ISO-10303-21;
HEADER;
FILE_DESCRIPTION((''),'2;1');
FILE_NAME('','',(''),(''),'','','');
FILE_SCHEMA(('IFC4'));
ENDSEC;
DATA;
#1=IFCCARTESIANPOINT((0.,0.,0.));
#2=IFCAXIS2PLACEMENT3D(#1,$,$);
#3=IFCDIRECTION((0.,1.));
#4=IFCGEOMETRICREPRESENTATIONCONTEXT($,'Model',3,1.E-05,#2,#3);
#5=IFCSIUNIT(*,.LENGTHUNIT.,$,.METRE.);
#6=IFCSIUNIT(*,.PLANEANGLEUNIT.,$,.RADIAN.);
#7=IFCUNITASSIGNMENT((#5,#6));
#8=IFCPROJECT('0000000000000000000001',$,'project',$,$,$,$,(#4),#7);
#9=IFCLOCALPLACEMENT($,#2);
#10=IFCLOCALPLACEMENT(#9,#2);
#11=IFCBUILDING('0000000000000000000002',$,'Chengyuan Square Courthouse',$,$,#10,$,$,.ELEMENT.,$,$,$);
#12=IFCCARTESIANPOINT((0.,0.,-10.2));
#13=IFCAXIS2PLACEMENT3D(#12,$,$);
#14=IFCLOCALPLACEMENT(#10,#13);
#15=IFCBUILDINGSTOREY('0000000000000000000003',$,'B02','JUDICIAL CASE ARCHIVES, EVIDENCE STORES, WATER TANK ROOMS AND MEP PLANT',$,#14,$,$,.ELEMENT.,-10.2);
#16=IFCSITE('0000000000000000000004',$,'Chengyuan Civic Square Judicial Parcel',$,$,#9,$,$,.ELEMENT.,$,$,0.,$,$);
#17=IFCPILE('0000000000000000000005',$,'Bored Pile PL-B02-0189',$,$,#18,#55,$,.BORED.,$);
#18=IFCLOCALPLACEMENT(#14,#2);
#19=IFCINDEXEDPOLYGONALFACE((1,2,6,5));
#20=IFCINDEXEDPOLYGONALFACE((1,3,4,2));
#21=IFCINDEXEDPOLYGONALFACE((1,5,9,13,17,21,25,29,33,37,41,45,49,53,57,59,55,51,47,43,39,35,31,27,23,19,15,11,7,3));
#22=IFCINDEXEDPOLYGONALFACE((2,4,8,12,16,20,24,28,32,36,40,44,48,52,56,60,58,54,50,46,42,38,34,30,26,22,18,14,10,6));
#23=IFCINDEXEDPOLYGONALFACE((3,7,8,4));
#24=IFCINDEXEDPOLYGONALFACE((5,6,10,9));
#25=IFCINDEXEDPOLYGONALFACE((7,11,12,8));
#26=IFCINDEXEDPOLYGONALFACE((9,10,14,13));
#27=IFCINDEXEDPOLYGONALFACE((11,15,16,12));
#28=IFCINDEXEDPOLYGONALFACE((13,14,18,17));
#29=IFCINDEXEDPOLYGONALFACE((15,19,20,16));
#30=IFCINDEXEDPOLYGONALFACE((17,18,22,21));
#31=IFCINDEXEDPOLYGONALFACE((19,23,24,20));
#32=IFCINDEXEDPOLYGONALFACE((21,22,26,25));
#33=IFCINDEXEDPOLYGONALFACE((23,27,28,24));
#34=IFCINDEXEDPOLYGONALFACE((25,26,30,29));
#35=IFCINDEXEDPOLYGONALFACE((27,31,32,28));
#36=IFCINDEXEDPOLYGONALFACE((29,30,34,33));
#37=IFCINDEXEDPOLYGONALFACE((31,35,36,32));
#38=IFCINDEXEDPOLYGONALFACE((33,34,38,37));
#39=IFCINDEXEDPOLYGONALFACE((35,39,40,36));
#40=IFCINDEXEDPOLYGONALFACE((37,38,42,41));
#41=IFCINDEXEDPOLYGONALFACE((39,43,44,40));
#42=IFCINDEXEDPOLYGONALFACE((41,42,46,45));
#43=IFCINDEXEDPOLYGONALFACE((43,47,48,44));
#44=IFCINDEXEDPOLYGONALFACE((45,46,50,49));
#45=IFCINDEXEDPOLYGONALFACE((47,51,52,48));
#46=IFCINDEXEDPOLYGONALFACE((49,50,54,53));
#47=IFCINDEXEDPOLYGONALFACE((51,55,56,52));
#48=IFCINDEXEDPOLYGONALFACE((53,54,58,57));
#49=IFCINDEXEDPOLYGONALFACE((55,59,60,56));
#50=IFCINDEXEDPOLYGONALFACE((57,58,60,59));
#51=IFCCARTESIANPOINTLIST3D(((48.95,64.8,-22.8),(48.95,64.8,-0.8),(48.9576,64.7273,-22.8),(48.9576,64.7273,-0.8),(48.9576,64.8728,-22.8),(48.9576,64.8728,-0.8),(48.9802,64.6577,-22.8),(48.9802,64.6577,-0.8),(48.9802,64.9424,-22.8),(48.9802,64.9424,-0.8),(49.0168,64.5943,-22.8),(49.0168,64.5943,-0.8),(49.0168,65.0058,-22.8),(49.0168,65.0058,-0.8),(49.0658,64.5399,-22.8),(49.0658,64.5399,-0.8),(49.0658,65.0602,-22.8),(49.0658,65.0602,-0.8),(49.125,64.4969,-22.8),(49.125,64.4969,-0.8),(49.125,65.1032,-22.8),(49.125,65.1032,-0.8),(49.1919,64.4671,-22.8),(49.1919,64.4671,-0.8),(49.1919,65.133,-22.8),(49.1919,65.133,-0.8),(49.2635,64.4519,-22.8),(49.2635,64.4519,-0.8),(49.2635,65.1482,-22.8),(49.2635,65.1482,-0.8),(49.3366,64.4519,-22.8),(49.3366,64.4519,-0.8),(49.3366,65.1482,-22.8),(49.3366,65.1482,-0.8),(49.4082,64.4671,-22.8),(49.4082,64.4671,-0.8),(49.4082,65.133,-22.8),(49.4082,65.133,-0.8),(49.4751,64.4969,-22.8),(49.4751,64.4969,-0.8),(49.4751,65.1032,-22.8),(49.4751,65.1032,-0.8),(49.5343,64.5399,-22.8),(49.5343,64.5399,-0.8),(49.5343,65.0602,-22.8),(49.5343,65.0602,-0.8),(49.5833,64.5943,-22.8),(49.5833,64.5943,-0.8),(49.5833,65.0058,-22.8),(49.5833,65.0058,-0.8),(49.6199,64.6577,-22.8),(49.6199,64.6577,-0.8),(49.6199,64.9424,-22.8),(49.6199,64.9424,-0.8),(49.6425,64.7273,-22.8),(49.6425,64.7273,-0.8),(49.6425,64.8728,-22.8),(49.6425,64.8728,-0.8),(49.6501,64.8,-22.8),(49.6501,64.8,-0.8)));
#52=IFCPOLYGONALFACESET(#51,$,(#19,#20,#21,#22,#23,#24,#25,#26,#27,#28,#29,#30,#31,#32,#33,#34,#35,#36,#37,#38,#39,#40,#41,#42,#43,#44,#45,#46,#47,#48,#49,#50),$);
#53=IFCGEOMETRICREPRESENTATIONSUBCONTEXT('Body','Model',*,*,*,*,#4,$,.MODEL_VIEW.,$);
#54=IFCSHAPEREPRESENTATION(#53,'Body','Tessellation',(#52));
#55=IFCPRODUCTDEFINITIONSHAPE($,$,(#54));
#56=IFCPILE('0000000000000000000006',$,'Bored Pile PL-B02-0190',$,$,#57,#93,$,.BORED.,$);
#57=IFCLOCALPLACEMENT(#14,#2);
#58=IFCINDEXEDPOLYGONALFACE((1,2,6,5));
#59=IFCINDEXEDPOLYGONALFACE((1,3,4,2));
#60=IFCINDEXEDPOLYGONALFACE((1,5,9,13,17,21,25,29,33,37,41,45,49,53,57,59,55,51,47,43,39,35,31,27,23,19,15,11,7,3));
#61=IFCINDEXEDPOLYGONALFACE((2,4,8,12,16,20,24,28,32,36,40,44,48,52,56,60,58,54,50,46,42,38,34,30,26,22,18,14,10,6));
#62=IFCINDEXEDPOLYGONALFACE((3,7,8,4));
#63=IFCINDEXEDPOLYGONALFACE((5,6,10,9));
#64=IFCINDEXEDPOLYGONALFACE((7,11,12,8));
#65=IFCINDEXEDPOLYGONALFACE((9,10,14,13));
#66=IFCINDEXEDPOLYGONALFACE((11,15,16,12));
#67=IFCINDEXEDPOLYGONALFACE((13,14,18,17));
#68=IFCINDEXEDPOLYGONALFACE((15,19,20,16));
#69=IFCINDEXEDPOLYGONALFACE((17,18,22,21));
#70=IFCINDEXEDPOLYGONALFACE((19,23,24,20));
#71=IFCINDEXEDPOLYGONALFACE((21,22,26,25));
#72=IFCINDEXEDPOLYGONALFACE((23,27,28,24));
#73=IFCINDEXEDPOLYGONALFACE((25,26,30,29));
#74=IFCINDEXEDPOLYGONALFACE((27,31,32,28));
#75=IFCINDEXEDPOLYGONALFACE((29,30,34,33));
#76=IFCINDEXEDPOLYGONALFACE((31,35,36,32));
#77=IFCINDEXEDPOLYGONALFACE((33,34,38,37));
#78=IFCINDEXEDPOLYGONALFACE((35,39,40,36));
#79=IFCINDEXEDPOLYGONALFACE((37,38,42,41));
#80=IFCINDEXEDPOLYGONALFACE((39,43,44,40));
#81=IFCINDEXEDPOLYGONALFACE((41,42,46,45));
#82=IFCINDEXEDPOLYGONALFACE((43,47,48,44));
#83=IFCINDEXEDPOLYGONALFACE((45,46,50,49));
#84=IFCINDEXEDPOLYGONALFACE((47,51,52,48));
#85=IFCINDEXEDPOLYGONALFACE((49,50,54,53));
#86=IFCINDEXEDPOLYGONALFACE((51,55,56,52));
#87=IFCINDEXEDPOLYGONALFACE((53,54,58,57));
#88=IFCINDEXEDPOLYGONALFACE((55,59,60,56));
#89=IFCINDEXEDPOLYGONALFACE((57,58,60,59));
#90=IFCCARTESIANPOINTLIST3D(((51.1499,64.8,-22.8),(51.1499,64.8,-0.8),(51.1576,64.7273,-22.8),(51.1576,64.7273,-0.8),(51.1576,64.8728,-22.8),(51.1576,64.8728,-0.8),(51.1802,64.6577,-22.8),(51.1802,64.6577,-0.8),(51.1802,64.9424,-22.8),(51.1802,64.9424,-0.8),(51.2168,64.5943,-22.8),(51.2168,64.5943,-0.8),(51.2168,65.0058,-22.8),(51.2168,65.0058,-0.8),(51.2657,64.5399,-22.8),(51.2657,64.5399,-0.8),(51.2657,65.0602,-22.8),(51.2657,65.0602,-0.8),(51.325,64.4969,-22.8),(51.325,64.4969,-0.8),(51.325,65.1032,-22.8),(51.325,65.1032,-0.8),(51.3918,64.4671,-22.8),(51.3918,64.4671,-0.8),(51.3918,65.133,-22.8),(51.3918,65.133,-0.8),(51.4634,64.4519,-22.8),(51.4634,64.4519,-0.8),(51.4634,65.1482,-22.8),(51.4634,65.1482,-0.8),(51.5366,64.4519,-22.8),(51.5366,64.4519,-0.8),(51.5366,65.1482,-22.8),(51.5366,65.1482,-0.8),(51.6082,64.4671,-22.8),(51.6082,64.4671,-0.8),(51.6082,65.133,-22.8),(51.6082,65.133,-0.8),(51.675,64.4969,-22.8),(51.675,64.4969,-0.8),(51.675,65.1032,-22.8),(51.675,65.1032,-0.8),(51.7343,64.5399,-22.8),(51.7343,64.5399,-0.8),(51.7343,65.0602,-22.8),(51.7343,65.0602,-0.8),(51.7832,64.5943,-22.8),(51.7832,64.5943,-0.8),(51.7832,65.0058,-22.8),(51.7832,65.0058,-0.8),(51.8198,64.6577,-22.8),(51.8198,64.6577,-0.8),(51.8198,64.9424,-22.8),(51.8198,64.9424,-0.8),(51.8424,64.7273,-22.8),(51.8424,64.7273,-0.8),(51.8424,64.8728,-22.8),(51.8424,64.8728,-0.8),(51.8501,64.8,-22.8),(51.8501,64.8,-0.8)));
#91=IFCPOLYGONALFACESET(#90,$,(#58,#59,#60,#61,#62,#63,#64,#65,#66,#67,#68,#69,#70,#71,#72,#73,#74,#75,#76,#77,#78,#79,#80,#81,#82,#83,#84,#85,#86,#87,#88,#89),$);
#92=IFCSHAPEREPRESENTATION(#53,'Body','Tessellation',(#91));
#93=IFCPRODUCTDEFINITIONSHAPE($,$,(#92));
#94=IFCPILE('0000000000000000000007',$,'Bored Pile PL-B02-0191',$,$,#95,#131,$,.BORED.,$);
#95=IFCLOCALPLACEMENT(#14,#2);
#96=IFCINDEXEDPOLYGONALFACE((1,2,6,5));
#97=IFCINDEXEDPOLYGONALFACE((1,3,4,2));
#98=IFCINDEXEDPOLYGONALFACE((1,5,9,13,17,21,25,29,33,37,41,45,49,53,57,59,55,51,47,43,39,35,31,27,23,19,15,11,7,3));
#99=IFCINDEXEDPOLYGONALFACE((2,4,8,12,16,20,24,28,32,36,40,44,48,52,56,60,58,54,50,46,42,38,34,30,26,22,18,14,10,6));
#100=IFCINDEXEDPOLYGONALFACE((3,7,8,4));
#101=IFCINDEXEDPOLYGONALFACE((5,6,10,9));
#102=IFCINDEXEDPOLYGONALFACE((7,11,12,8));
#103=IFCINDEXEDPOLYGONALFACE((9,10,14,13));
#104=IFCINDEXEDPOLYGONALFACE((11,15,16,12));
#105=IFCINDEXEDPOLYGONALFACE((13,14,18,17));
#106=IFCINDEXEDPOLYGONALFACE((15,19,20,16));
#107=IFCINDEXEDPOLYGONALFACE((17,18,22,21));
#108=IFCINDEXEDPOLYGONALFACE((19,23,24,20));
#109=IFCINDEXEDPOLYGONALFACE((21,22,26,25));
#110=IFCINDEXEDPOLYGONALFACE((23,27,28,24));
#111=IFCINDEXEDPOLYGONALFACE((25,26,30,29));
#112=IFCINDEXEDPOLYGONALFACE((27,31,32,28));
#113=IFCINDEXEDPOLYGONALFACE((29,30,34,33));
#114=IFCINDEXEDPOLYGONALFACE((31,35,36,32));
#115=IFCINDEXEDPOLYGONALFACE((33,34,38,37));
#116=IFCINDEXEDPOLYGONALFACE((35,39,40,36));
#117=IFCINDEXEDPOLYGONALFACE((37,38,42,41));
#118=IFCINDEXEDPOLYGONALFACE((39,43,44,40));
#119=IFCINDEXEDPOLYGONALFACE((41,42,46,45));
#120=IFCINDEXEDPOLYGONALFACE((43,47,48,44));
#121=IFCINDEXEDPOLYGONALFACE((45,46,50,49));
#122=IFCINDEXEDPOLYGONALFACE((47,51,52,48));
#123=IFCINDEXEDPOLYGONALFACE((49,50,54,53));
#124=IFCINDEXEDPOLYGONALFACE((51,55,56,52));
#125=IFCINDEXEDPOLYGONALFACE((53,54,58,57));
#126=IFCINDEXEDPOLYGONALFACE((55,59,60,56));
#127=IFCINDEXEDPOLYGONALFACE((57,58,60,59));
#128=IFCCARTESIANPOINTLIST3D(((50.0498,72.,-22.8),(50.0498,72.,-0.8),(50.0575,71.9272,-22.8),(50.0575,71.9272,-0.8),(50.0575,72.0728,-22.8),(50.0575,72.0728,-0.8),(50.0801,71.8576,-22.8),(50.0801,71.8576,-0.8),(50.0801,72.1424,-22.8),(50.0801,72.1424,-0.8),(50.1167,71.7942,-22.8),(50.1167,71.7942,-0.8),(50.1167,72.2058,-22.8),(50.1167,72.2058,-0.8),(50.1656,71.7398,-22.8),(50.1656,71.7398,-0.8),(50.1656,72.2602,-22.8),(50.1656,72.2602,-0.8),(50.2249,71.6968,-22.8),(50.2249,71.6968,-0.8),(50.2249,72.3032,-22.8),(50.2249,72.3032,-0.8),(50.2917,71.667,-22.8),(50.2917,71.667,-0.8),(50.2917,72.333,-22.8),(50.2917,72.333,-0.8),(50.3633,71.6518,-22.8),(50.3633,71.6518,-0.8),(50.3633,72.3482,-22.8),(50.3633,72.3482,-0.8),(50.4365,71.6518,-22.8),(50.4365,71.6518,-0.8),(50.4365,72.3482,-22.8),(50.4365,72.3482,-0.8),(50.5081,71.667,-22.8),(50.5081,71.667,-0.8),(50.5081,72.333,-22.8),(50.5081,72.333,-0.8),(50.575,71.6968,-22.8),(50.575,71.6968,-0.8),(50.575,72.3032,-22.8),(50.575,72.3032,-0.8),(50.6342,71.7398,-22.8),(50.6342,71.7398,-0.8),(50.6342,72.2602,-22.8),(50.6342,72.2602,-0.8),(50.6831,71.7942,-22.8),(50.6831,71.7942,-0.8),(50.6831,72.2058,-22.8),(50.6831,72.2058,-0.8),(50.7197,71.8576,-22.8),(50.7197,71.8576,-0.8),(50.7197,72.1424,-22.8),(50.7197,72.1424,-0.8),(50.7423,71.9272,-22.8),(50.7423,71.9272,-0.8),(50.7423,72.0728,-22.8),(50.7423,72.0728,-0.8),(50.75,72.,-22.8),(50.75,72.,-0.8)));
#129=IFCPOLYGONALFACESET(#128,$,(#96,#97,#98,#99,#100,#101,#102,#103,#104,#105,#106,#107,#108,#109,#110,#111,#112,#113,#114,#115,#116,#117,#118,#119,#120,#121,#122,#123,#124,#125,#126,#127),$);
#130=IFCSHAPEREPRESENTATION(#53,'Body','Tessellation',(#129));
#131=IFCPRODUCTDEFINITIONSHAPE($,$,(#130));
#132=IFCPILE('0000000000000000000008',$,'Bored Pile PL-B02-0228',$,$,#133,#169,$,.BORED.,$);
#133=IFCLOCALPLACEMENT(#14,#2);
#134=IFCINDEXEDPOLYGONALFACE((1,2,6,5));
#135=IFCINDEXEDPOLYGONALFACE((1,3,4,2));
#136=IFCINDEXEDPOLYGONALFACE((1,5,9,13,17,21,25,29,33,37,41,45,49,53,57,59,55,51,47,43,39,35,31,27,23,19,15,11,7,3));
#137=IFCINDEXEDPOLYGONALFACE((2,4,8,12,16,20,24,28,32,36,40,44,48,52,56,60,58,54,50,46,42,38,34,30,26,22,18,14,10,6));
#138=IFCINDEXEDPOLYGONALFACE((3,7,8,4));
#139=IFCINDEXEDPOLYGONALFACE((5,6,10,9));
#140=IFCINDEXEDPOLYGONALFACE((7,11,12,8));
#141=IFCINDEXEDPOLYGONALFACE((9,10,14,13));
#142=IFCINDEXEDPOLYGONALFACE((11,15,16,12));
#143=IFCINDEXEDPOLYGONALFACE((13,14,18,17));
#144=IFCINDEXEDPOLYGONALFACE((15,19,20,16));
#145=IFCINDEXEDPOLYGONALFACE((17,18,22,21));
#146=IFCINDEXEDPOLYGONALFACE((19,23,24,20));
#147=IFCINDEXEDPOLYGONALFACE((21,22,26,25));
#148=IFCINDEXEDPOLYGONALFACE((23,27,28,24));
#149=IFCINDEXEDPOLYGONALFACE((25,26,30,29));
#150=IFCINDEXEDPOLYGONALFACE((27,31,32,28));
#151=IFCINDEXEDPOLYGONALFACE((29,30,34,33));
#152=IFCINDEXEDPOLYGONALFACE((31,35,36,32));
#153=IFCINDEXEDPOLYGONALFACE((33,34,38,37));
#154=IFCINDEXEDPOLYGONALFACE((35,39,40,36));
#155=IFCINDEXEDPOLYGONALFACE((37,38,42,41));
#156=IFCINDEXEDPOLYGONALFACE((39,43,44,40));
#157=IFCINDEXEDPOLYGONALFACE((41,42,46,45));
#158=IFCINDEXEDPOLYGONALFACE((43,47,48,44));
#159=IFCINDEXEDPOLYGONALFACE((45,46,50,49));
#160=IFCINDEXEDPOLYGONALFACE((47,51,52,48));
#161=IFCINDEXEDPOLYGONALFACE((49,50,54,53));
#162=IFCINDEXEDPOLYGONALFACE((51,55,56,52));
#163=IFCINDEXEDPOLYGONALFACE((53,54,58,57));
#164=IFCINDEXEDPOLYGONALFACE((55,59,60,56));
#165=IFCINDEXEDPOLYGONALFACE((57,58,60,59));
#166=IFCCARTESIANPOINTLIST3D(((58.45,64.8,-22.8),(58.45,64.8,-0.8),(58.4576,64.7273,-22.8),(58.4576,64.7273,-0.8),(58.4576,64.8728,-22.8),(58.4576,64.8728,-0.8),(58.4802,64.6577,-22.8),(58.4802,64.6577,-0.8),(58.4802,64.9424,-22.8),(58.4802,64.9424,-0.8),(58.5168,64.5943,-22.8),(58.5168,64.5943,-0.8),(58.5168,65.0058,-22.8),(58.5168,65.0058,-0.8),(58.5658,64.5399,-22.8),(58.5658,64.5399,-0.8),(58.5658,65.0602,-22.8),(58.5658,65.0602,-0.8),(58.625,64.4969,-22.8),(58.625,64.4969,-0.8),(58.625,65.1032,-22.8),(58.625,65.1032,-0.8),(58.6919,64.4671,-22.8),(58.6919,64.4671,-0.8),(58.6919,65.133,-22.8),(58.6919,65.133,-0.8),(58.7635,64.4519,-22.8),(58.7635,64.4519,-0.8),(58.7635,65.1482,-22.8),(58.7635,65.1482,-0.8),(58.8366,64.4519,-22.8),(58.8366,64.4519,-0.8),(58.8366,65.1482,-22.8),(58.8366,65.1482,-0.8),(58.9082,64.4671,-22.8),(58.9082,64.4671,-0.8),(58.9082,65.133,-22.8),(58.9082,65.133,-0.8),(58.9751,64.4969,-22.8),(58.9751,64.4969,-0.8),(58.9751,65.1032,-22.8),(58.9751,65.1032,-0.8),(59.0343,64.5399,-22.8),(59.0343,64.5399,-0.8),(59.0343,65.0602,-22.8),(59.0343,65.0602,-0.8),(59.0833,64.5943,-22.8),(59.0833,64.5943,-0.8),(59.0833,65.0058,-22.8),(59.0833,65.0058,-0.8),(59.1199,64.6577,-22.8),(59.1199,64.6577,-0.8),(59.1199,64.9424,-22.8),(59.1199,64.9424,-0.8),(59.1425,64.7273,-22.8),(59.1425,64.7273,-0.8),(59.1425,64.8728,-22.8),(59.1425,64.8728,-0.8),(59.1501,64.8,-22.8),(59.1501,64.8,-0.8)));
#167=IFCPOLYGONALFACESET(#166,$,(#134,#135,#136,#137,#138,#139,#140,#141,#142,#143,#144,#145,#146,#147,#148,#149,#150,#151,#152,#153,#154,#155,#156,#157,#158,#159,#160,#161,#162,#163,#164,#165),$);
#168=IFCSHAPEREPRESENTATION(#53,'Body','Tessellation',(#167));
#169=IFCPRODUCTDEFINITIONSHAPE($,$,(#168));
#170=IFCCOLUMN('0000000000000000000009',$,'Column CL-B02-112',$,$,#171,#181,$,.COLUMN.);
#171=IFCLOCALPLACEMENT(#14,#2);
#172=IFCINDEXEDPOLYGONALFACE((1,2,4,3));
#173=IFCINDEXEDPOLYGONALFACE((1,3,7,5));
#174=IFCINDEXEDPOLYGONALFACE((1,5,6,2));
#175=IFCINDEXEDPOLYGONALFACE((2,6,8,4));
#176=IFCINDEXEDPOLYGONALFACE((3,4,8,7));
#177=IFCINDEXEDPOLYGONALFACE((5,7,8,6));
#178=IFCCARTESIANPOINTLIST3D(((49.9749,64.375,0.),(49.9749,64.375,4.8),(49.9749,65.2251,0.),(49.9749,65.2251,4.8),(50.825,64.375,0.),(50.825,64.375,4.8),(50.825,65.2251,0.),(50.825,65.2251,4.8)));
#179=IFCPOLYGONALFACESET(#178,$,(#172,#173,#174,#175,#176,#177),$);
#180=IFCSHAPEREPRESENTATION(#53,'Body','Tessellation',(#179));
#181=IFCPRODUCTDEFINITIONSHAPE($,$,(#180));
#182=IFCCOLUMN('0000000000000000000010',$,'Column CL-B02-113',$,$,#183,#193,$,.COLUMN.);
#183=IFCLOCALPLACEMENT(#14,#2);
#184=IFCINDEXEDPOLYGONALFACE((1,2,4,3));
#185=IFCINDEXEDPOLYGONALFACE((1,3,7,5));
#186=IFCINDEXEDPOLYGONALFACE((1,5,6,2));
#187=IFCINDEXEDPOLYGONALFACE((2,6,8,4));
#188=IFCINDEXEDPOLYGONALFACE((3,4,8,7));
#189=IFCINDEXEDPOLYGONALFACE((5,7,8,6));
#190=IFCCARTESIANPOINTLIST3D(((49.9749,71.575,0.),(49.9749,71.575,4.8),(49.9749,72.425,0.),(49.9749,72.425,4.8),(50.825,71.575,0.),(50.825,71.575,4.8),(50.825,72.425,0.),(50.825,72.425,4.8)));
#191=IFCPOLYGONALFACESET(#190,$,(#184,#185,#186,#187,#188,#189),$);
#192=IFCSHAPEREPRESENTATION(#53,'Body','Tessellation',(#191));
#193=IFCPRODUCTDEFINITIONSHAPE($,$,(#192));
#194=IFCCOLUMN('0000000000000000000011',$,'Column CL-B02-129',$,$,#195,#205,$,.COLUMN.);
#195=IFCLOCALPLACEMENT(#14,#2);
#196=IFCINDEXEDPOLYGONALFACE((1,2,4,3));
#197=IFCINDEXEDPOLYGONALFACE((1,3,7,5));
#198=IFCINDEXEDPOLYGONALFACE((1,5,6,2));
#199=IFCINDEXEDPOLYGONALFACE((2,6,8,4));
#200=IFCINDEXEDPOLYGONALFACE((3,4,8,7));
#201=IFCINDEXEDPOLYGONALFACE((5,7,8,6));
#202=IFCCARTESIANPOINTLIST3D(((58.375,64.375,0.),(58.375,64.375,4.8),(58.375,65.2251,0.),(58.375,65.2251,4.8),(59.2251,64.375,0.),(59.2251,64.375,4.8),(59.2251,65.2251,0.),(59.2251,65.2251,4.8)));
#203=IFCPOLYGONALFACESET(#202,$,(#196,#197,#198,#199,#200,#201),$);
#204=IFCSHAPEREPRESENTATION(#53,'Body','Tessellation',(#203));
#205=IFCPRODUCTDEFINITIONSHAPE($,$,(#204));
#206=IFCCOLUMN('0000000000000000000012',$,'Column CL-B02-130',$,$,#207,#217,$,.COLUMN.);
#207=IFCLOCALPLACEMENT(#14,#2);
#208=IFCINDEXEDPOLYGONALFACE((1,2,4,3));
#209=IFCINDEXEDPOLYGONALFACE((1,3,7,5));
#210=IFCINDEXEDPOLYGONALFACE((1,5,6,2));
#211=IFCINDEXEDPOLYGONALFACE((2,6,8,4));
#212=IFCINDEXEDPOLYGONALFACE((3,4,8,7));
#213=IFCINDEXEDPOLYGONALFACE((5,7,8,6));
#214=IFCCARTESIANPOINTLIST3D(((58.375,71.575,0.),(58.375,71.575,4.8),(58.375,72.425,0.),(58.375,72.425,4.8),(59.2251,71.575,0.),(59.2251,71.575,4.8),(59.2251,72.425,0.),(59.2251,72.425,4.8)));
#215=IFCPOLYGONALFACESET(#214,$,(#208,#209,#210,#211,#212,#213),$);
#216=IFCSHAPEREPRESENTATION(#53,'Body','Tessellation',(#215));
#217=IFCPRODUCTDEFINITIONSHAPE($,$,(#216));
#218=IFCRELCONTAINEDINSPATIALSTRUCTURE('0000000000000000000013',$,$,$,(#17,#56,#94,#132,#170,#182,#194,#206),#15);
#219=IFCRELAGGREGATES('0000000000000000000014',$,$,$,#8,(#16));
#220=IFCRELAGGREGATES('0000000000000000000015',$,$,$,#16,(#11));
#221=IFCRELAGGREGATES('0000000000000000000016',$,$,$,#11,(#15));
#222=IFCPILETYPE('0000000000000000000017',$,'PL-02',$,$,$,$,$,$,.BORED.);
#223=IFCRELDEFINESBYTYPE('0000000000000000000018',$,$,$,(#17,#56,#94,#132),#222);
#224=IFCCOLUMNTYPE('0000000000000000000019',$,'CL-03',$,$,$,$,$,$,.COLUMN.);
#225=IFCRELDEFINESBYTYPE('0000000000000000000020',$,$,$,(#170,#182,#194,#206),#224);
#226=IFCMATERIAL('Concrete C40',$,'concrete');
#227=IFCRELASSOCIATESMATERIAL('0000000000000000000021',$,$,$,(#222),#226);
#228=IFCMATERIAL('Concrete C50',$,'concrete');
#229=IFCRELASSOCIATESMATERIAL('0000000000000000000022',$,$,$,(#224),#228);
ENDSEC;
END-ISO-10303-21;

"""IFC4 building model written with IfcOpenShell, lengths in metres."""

from ifc_helpers import new_model, si_unit, direction, frame, origin, origin_2d, place, context, subcontext, project, spatial, rectangle, circle, extrude, material, material_profile, profile_set, type_object, element, save


model = new_model("IFC4")

# Units and contexts
model_context = context("Model", 3, precision=1e-05, world=origin(), true_north=direction((0.0, 1.0)))
body_context = subcontext(model_context, "Body", "Model", "MODEL_VIEW")
ifc_project = project(units=[si_unit("LENGTHUNIT", "METRE"), si_unit("PLANEANGLEUNIT", "RADIAN")], contexts=[model_context])

# Site, building, storey
site_placement = place(None, origin())
site = spatial("IfcSite", under=ifc_project, at=site_placement, Name="Chengyuan Civic Square Judicial Parcel", CompositionType="ELEMENT", RefElevation=0.0)
building_placement = place(site_placement, origin())
building = spatial("IfcBuilding", under=site, at=building_placement, Name="Chengyuan Square Courthouse", CompositionType="ELEMENT")
storey_placement = place(building_placement, frame((0.0, 0.0, -10.2)))
storey = spatial("IfcBuildingStorey", under=building, at=storey_placement, Name="B02", Description="JUDICIAL CASE ARCHIVES, EVIDENCE STORES, WATER TANK ROOMS AND MEP PLANT", CompositionType="ELEMENT", Elevation=-10.2)

# Shared definitions
ifc_material_1 = material(Name="Concrete C40", Category="concrete")

# Piles
ifc_material_profile_1 = material_profile(ifc_material_1, circle(Radius=0.3501, at=origin_2d()), Name="BORED PILE D700")
ifc_profile_set_1 = profile_set([ifc_material_profile_1], Name="Concrete C40")
pile_type_1 = type_object("IfcPileType", Name="PL-02", PredefinedType="BORED", material=ifc_profile_set_1)
for number, where, z_axis, x_axis, name in (
    (1, (49.3, 64.8, -0.8), (0.0, 0.0, -1.0), (1.0, 0.0, 0.0), "Bored Pile PL-B02-0189"),
    (2, (51.5, 64.8, -0.8), (0.0, 0.0, -1.0), (1.0, 0.0, 0.0), "Bored Pile PL-B02-0190"),
    (3, (50.3999, 72.0, -0.8), (0.0, 0.0, -1.0), (1.0, 0.0, 0.0), "Bored Pile PL-B02-0191"),
    (4, (58.8, 64.8, -0.8), (0.0, 0.0, -1.0), (1.0, 0.0, 0.0), "Bored Pile PL-B02-0228"),
):
    element("IfcPile", number, at=place(storey_placement, frame(where, z_axis=z_axis, x_axis=x_axis)), inside=storey, type_object=pile_type_1, Name=name, PredefinedType="BORED", context=body_context, shape_type="SweptSolid", body=[
        extrude(circle(Radius=0.3501, at=origin_2d()), origin(), (0.0, 0.0, 1.0), 22.0),
    ])

# Columns
ifc_material_2 = material(Name="Concrete C50", Category="concrete")
ifc_material_profile_2 = material_profile(ifc_material_2, rectangle(XDim=0.8501, YDim=0.8501, at=origin_2d()), Name="RC-COL-850x850")
ifc_profile_set_2 = profile_set([ifc_material_profile_2], Name="Concrete C50")
column_type = type_object("IfcColumnType", Name="CL-03", PredefinedType="COLUMN", material=ifc_profile_set_2)
for number, where, z_axis, x_axis, name in (
    (5, (50.3999, 64.8, 0.0), (0.0, 0.0, 1.0), (1.0, 0.0, 0.0), "Column CL-B02-112"),
    (6, (50.3999, 72.0, 0.0), (0.0, 0.0, 1.0), (1.0, 0.0, 0.0), "Column CL-B02-113"),
    (7, (58.8, 64.8, 0.0), (0.0, 0.0, 1.0), (1.0, 0.0, 0.0), "Column CL-B02-129"),
    (8, (58.8, 72.0, 0.0), (0.0, 0.0, 1.0), (1.0, 0.0, 0.0), "Column CL-B02-130"),
):
    element("IfcColumn", number, at=place(storey_placement, frame(where, z_axis=z_axis, x_axis=x_axis)), inside=storey, type_object=column_type, Name=name, PredefinedType="COLUMN", context=body_context, shape_type="SweptSolid", body=[
        extrude(rectangle(XDim=0.8501, YDim=0.8501, at=origin_2d()), origin(), (0.0, 0.0, 1.0), 4.8),
    ])

save(model, "model.ifc")
